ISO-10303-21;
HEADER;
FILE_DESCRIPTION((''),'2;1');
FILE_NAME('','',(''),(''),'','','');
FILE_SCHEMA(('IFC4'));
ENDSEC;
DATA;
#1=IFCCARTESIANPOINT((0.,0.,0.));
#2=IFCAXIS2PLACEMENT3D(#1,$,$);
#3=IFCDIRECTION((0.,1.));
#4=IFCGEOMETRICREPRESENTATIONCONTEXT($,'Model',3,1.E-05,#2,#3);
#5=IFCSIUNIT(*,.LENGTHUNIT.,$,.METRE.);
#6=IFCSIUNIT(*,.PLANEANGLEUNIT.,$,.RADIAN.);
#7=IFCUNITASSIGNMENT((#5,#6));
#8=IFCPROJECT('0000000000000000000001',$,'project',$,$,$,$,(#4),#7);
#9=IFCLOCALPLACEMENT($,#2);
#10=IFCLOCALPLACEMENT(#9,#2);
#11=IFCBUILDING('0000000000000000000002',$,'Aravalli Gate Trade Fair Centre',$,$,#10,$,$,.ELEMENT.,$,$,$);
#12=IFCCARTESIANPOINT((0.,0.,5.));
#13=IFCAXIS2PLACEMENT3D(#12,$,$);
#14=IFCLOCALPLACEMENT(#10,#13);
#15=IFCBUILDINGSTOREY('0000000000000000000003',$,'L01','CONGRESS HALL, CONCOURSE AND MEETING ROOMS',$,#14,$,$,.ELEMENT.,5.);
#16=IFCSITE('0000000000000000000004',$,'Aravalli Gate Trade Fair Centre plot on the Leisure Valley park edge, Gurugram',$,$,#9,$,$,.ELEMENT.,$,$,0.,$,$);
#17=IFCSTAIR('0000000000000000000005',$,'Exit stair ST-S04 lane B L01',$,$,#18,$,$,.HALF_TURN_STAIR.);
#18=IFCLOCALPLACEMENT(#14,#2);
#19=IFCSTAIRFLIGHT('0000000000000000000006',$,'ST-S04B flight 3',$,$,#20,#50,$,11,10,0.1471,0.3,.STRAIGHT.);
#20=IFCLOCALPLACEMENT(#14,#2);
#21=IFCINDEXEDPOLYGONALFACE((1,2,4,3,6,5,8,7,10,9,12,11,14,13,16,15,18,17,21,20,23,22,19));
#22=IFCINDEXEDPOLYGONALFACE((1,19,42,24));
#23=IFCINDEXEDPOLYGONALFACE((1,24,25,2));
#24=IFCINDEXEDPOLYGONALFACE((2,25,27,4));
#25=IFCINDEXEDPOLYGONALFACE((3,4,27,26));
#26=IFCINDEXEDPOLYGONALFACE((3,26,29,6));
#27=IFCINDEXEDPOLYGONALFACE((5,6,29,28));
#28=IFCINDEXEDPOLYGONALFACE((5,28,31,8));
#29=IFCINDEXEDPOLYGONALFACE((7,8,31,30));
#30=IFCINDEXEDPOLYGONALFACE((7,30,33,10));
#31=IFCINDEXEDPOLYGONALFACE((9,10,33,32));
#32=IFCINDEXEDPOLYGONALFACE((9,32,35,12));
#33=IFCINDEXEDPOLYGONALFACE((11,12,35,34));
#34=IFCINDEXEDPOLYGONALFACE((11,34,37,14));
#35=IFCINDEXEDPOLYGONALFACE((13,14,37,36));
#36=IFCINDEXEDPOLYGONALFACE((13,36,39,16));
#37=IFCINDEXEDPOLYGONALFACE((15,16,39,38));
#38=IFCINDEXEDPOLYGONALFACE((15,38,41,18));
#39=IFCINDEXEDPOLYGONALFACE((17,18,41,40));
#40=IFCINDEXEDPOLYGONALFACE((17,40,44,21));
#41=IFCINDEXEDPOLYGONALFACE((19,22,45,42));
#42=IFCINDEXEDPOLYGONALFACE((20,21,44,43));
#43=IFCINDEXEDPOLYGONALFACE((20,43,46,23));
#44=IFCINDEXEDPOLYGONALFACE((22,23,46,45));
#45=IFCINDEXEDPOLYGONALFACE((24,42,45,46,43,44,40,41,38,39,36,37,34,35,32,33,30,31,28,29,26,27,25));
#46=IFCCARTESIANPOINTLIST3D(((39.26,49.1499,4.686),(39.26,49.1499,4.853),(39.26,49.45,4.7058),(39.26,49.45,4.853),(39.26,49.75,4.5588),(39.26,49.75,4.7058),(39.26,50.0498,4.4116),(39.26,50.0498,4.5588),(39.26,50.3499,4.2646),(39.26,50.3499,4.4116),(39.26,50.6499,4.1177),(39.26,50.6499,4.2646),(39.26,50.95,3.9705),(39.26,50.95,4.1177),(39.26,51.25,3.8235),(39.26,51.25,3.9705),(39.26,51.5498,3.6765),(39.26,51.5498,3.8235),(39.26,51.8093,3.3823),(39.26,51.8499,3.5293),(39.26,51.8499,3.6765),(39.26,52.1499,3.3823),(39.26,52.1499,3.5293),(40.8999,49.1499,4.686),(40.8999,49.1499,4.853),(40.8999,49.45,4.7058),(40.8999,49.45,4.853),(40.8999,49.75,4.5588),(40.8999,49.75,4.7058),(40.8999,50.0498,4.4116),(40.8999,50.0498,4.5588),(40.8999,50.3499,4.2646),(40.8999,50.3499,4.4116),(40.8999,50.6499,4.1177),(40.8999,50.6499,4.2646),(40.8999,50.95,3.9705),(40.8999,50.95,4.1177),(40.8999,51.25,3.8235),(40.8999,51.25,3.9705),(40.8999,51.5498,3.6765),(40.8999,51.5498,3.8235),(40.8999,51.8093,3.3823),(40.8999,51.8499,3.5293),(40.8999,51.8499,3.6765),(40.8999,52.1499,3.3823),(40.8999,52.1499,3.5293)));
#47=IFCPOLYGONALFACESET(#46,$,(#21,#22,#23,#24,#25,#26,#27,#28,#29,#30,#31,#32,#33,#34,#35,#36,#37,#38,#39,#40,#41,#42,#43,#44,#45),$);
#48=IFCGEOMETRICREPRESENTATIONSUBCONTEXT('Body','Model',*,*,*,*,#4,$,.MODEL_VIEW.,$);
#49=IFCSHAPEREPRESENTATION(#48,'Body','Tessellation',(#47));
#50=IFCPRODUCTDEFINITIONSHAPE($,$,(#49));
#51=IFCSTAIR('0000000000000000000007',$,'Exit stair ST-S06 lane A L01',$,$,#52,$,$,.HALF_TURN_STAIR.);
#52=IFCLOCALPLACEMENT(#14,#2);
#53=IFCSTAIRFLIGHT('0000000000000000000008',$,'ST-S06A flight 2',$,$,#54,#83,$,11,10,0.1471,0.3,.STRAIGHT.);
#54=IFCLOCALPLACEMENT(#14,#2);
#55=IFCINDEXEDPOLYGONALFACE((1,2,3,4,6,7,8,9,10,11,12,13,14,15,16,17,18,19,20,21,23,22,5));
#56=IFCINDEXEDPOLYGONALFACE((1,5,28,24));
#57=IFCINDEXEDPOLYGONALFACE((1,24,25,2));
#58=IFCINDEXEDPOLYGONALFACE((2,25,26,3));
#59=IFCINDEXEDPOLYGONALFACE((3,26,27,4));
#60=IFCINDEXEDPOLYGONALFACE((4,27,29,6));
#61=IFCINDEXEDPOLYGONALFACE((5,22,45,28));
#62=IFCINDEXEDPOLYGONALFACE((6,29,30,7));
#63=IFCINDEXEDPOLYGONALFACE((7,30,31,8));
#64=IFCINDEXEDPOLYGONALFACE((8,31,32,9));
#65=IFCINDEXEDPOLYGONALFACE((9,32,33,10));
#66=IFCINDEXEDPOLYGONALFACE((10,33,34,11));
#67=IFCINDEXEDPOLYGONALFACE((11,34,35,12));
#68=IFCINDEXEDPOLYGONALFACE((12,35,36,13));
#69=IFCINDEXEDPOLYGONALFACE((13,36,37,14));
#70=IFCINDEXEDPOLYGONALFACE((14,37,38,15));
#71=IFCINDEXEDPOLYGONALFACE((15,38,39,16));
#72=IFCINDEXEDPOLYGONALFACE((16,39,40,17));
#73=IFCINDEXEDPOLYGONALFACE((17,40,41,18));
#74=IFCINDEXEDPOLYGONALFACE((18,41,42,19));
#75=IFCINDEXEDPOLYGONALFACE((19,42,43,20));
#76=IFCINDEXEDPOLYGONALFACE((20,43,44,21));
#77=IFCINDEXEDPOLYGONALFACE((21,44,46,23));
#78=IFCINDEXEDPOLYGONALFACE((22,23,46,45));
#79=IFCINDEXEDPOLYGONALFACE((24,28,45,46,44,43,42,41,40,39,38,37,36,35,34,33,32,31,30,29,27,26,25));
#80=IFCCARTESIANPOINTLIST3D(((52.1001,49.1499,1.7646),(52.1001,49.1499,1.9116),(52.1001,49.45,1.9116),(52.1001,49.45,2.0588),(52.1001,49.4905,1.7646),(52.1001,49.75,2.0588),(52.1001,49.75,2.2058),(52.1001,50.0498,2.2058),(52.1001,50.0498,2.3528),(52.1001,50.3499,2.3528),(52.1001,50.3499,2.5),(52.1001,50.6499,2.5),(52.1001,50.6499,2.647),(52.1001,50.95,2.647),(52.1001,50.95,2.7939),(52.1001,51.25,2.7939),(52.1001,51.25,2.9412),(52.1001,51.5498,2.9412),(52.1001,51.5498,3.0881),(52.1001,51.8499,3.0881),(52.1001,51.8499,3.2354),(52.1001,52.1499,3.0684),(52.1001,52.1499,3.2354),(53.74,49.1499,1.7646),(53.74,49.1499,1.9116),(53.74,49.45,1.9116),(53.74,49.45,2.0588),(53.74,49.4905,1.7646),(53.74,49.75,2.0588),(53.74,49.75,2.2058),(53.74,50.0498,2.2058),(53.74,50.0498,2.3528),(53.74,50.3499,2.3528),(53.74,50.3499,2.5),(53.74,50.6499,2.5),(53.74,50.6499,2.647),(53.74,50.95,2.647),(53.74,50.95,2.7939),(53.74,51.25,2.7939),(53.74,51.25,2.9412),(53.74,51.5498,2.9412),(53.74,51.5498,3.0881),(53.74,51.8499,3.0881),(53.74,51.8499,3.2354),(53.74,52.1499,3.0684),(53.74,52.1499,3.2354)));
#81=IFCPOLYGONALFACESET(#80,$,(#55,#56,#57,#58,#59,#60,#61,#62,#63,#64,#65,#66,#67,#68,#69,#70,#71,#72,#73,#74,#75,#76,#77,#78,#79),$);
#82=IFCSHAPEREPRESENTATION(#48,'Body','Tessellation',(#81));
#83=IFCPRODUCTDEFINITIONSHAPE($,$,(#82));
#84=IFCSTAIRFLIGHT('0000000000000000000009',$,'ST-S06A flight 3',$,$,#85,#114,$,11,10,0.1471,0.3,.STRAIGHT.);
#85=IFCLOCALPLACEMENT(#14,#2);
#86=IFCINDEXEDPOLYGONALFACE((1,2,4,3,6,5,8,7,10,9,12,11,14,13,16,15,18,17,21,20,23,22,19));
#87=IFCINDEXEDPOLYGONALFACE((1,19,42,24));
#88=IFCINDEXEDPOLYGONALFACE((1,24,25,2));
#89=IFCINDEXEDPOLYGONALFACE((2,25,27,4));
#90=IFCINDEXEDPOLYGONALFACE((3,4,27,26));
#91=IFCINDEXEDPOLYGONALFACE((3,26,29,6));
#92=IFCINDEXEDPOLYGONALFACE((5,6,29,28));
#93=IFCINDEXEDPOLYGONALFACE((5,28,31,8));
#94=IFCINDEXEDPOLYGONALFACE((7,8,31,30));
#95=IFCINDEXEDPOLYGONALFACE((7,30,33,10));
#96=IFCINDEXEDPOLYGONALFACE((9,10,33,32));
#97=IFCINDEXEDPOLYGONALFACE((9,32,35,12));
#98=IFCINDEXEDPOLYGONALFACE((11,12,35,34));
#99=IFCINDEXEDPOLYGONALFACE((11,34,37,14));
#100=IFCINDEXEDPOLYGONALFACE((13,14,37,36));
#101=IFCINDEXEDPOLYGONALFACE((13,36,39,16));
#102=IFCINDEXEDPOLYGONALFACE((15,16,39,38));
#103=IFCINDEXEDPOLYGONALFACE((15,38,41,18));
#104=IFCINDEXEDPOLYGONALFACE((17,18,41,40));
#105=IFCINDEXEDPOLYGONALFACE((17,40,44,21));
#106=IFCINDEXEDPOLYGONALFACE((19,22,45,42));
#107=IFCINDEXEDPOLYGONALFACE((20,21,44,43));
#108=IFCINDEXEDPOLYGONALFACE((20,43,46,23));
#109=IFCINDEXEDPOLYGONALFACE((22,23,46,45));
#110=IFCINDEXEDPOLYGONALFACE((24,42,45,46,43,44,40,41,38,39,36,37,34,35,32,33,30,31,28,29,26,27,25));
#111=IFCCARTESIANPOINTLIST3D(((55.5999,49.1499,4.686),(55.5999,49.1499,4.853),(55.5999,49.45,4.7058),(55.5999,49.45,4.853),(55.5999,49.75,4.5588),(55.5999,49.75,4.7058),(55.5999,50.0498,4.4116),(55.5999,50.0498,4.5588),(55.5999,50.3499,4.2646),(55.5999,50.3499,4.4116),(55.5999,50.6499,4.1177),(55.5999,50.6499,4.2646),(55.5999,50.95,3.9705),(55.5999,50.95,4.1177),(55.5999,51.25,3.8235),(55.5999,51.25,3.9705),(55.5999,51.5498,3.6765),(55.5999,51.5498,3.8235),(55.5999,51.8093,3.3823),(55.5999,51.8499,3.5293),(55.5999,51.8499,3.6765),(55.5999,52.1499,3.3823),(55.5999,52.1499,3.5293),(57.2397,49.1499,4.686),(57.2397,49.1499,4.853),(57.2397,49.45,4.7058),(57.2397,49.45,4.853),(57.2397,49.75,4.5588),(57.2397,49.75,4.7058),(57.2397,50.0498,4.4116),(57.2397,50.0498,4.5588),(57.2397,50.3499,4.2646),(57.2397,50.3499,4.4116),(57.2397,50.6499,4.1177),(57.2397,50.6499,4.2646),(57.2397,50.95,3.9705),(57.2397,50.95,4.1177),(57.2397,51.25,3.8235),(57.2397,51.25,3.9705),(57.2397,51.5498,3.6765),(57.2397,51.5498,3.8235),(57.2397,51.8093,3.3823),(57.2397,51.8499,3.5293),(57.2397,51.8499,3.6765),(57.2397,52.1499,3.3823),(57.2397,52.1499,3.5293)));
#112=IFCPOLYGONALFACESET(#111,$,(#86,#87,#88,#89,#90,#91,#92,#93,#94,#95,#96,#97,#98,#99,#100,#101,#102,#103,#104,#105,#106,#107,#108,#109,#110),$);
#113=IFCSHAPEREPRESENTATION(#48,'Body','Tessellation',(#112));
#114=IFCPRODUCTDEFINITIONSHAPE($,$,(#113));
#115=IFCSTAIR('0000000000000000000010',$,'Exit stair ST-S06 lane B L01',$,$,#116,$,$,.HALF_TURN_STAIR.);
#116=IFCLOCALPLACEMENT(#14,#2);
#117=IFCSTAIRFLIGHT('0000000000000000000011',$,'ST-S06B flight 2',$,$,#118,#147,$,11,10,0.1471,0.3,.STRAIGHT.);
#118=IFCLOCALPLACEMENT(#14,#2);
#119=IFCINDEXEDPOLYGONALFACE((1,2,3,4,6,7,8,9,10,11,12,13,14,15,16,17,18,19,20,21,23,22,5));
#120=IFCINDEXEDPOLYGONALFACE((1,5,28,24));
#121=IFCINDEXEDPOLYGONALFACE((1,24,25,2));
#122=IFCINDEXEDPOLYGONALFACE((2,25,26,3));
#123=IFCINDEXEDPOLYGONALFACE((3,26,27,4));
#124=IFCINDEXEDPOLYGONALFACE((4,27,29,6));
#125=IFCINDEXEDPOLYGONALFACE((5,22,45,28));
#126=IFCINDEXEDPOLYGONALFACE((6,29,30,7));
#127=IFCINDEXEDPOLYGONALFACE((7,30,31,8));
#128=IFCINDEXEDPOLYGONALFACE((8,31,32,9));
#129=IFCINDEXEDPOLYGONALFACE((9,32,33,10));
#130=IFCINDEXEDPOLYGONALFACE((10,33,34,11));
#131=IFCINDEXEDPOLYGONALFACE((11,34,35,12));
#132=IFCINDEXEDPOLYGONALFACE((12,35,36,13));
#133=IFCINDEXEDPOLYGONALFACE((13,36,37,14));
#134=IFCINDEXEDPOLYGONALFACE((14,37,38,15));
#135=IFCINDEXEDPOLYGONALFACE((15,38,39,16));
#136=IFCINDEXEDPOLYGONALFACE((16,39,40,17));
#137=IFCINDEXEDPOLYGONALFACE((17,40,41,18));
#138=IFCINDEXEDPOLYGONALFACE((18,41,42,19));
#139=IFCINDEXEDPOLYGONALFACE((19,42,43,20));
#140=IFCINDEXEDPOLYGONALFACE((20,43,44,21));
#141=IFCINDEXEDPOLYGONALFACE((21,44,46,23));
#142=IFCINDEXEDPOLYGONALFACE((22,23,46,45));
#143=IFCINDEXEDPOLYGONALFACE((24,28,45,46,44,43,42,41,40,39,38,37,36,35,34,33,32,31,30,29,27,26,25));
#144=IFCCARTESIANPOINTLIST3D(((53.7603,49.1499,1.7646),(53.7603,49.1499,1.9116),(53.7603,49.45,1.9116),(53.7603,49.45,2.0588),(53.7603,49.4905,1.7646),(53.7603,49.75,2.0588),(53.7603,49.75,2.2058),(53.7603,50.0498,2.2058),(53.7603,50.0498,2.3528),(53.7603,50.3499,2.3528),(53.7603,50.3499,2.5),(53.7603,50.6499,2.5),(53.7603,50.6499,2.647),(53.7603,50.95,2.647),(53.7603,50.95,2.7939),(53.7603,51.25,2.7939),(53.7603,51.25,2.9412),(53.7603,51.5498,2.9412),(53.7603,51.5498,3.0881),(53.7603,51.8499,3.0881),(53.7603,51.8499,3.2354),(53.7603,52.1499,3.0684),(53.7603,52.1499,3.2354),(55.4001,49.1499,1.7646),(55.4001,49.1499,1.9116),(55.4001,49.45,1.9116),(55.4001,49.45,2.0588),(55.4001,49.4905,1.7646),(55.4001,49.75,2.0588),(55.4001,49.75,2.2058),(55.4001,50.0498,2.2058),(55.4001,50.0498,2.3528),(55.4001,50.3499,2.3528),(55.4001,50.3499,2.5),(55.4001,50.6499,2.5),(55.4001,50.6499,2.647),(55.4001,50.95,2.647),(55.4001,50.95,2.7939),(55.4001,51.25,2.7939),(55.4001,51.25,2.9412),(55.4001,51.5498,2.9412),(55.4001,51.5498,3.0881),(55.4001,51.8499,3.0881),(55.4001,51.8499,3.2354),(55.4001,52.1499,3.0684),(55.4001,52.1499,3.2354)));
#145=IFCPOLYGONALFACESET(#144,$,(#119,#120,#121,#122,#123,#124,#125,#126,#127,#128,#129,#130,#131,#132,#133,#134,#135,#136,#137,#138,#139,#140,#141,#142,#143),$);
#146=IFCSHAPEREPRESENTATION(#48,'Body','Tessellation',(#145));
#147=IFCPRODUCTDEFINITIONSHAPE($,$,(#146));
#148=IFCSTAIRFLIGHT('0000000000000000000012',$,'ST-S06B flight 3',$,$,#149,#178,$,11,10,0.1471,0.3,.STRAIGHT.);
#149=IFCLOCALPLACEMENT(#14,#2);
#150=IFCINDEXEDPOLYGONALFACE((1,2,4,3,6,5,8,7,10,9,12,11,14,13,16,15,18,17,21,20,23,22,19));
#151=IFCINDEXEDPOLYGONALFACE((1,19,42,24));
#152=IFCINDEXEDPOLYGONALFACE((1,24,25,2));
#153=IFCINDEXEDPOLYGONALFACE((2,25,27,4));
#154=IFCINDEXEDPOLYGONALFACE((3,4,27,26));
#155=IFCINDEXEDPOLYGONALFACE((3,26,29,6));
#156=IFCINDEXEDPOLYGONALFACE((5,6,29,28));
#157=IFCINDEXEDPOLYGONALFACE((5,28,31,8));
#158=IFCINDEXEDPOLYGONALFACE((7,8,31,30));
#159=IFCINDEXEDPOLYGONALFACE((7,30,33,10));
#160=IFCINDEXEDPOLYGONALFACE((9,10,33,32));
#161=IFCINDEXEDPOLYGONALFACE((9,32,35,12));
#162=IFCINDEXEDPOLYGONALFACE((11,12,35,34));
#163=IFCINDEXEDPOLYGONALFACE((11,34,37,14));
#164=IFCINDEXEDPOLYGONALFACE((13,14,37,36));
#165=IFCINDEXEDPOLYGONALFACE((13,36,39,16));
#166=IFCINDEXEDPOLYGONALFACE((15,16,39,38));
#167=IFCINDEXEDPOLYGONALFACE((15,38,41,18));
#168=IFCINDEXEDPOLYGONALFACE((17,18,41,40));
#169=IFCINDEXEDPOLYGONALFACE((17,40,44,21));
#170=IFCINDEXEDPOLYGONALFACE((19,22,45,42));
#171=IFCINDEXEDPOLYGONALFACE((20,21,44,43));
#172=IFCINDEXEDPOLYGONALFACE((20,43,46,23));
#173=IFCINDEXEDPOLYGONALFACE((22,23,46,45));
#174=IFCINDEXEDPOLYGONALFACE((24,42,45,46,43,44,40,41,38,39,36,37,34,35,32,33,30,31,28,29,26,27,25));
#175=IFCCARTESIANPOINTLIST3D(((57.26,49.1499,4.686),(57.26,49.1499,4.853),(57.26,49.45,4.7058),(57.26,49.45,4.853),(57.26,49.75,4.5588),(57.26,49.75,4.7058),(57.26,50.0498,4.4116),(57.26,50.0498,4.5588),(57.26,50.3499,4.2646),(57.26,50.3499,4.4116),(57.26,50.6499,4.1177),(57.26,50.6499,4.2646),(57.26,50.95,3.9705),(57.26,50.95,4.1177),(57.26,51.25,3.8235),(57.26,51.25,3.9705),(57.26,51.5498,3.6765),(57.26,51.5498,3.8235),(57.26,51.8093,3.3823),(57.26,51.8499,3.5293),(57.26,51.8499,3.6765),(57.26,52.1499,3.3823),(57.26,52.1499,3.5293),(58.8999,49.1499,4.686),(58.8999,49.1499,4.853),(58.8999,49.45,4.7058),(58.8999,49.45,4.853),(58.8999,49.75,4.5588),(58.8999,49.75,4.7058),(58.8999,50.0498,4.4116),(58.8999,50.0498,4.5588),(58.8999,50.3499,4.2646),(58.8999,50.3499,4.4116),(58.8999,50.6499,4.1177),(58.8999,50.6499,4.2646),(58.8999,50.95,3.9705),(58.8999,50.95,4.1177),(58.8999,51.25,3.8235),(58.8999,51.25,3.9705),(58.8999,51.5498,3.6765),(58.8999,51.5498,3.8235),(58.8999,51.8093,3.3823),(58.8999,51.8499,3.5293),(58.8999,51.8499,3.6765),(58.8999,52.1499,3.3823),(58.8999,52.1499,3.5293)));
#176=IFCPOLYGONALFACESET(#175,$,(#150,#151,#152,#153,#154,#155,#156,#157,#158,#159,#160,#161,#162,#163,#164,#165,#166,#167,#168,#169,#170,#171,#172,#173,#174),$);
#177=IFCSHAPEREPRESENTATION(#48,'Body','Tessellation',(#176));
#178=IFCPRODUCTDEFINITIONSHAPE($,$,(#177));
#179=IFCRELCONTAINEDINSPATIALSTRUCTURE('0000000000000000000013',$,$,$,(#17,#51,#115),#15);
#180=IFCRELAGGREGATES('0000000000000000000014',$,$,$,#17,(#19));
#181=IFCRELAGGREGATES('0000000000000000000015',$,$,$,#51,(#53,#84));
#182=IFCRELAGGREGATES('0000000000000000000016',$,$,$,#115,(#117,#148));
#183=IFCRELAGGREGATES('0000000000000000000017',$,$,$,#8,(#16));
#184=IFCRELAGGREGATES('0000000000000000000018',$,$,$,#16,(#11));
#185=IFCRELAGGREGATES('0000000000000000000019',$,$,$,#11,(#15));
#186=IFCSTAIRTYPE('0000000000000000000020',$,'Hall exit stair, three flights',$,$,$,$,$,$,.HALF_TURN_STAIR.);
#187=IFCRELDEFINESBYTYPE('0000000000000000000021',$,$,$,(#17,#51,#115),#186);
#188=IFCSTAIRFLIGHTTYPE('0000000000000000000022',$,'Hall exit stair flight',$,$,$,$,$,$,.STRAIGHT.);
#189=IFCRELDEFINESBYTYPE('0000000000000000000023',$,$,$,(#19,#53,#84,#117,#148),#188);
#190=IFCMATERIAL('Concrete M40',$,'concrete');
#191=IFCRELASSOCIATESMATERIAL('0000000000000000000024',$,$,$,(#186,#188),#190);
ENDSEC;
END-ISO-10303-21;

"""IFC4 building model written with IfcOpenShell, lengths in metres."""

from ifc_helpers import new_model, si_unit, direction, frame, origin, place, context, subcontext, project, spatial, polyline, outline, extrude, material, type_object, element, aggregate, save


model = new_model("IFC4")

# Units and contexts
model_context = context("Model", 3, precision=1e-05, world=origin(), true_north=direction((0.0, 1.0)))
body_context = subcontext(model_context, "Body", "Model", "MODEL_VIEW")
ifc_project = project(units=[si_unit("LENGTHUNIT", "METRE"), si_unit("PLANEANGLEUNIT", "RADIAN")], contexts=[model_context])

# Site, building, storey
site_placement = place(None, origin())
site = spatial("IfcSite", under=ifc_project, at=site_placement, Name="Aravalli Gate Trade Fair Centre plot on the Leisure Valley park edge, Gurugram", CompositionType="ELEMENT", RefElevation=0.0)
building_placement = place(site_placement, origin())
building = spatial("IfcBuilding", under=site, at=building_placement, Name="Aravalli Gate Trade Fair Centre", CompositionType="ELEMENT")
storey_placement = place(building_placement, frame((0.0, 0.0, 5.0)))
storey = spatial("IfcBuildingStorey", under=building, at=storey_placement, Name="L01", Description="CONGRESS HALL, CONCOURSE AND MEETING ROOMS", CompositionType="ELEMENT", Elevation=5.0)

# Shared definitions
ifc_material_1 = material(Name="Concrete M40", Category="concrete")

# Stairs, stair flights
stair_type = type_object("IfcStairType", Name="Hall exit stair, three flights", PredefinedType="HALF_TURN_STAIR", material=ifc_material_1)
stair_flight_type = type_object("IfcStairFlightType", Name="Hall exit stair flight", PredefinedType="STRAIGHT", material=ifc_material_1)
stair_1_placement = place(storey_placement, origin())
stair_1 = element("IfcStair", 1, at=stair_1_placement, inside=storey, type_object=stair_type, Name="Exit stair ST-S04 lane B L01", PredefinedType="HALF_TURN_STAIR")
stair_flight_1_placement = place(storey_placement, frame((40.0801, 52.1499, 3.3823), z_axis=(0.0, 0.0, 1.0), x_axis=(0.0, -1.0, 0.0)))
stair_flight_1 = element("IfcStairFlight", 2, at=stair_flight_1_placement, type_object=stair_flight_type, Name="ST-S04B flight 3", NumberOfRisers=11, NumberOfTreads=10, PredefinedType="STRAIGHT", RiserHeight=0.1471, TreadLength=0.3, context=body_context, shape_type="SweptSolid", body=[
    extrude(outline(polyline([(0.0, 0.0), (0.0, 0.147), (0.3, 0.147), (0.3, 0.2942), (0.6001, 0.2942), (0.6001, 0.4412), (0.8999, 0.4412), (0.8999, 0.5881), (1.2, 0.5881), (1.2, 0.7354), (1.5, 0.7354), (1.5, 0.8823), (1.8, 0.8823), (1.8, 1.0293), (2.1001, 1.0293), (2.1001, 1.1765), (2.3999, 1.1765), (2.3999, 1.3235), (2.7, 1.3235), (2.7, 1.4707), (3.0, 1.4707), (3.0, 1.6177), (3.0, 1.3037), (0.3406, 0.0), (0.0, 0.0)])), frame((0.0, 0.8198, 0.0), z_axis=(0.0, -1.0, 0.0), x_axis=(1.0, 0.0, 0.0)), (0.0, 0.0, 1.0), 1.6399),
])
aggregate(stair_1, [stair_flight_1])
stair_2_placement = place(storey_placement, origin())
stair_2 = element("IfcStair", 3, at=stair_2_placement, inside=storey, type_object=stair_type, Name="Exit stair ST-S06 lane A L01", PredefinedType="HALF_TURN_STAIR")
stair_flight_2_placement = place(storey_placement, frame((52.9199, 49.1499, 1.7646), z_axis=(0.0, 0.0, 1.0), x_axis=(0.0, 1.0, 0.0)))
stair_flight_2 = element("IfcStairFlight", 4, at=stair_flight_2_placement, type_object=stair_flight_type, Name="ST-S06A flight 2", NumberOfRisers=11, NumberOfTreads=10, PredefinedType="STRAIGHT", RiserHeight=0.1471, TreadLength=0.3, context=body_context, shape_type="SweptSolid", body=[
    extrude(outline(polyline([(0.0, 0.0), (0.0, 0.147), (0.3, 0.147), (0.3, 0.2942), (0.6001, 0.2942), (0.6001, 0.4412), (0.8999, 0.4412), (0.8999, 0.5881), (1.2, 0.5881), (1.2, 0.7354), (1.5, 0.7354), (1.5, 0.8823), (1.8, 0.8823), (1.8, 1.0293), (2.1001, 1.0293), (2.1001, 1.1765), (2.3999, 1.1765), (2.3999, 1.3235), (2.7, 1.3235), (2.7, 1.4707), (3.0, 1.4707), (3.0, 1.6177), (3.0, 1.3037), (0.3406, 0.0), (0.0, 0.0)])), frame((0.0, 0.8198, 0.0), z_axis=(0.0, -1.0, 0.0), x_axis=(1.0, 0.0, 0.0)), (0.0, 0.0, 1.0), 1.6399),
])
stair_flight_3_placement = place(storey_placement, frame((56.4199, 52.1499, 3.3823), z_axis=(0.0, 0.0, 1.0), x_axis=(0.0, -1.0, 0.0)))
stair_flight_3 = element("IfcStairFlight", 5, at=stair_flight_3_placement, type_object=stair_flight_type, Name="ST-S06A flight 3", NumberOfRisers=11, NumberOfTreads=10, PredefinedType="STRAIGHT", RiserHeight=0.1471, TreadLength=0.3, context=body_context, shape_type="SweptSolid", body=[
    extrude(outline(polyline([(0.0, 0.0), (0.0, 0.147), (0.3, 0.147), (0.3, 0.2942), (0.6001, 0.2942), (0.6001, 0.4412), (0.8999, 0.4412), (0.8999, 0.5881), (1.2, 0.5881), (1.2, 0.7354), (1.5, 0.7354), (1.5, 0.8823), (1.8, 0.8823), (1.8, 1.0293), (2.1001, 1.0293), (2.1001, 1.1765), (2.3999, 1.1765), (2.3999, 1.3235), (2.7, 1.3235), (2.7, 1.4707), (3.0, 1.4707), (3.0, 1.6177), (3.0, 1.3037), (0.3406, 0.0), (0.0, 0.0)])), frame((0.0, 0.8198, 0.0), z_axis=(0.0, -1.0, 0.0), x_axis=(1.0, 0.0, 0.0)), (0.0, 0.0, 1.0), 1.6399),
])
aggregate(stair_2, [stair_flight_2, stair_flight_3])
stair_3_placement = place(storey_placement, origin())
stair_3 = element("IfcStair", 6, at=stair_3_placement, inside=storey, type_object=stair_type, Name="Exit stair ST-S06 lane B L01", PredefinedType="HALF_TURN_STAIR")
stair_flight_4_placement = place(storey_placement, frame((54.5801, 49.1499, 1.7646), z_axis=(0.0, 0.0, 1.0), x_axis=(0.0, 1.0, 0.0)))
stair_flight_4 = element("IfcStairFlight", 7, at=stair_flight_4_placement, type_object=stair_flight_type, Name="ST-S06B flight 2", NumberOfRisers=11, NumberOfTreads=10, PredefinedType="STRAIGHT", RiserHeight=0.1471, TreadLength=0.3, context=body_context, shape_type="SweptSolid", body=[
    extrude(outline(polyline([(0.0, 0.0), (0.0, 0.147), (0.3, 0.147), (0.3, 0.2942), (0.6001, 0.2942), (0.6001, 0.4412), (0.8999, 0.4412), (0.8999, 0.5881), (1.2, 0.5881), (1.2, 0.7354), (1.5, 0.7354), (1.5, 0.8823), (1.8, 0.8823), (1.8, 1.0293), (2.1001, 1.0293), (2.1001, 1.1765), (2.3999, 1.1765), (2.3999, 1.3235), (2.7, 1.3235), (2.7, 1.4707), (3.0, 1.4707), (3.0, 1.6177), (3.0, 1.3037), (0.3406, 0.0), (0.0, 0.0)])), frame((0.0, 0.8198, 0.0), z_axis=(0.0, -1.0, 0.0), x_axis=(1.0, 0.0, 0.0)), (0.0, 0.0, 1.0), 1.6399),
])
stair_flight_5_placement = place(storey_placement, frame((58.0801, 52.1499, 3.3823), z_axis=(0.0, 0.0, 1.0), x_axis=(0.0, -1.0, 0.0)))
stair_flight_5 = element("IfcStairFlight", 8, at=stair_flight_5_placement, type_object=stair_flight_type, Name="ST-S06B flight 3", NumberOfRisers=11, NumberOfTreads=10, PredefinedType="STRAIGHT", RiserHeight=0.1471, TreadLength=0.3, context=body_context, shape_type="SweptSolid", body=[
    extrude(outline(polyline([(0.0, 0.0), (0.0, 0.147), (0.3, 0.147), (0.3, 0.2942), (0.6001, 0.2942), (0.6001, 0.4412), (0.8999, 0.4412), (0.8999, 0.5881), (1.2, 0.5881), (1.2, 0.7354), (1.5, 0.7354), (1.5, 0.8823), (1.8, 0.8823), (1.8, 1.0293), (2.1001, 1.0293), (2.1001, 1.1765), (2.3999, 1.1765), (2.3999, 1.3235), (2.7, 1.3235), (2.7, 1.4707), (3.0, 1.4707), (3.0, 1.6177), (3.0, 1.3037), (0.3406, 0.0), (0.0, 0.0)])), frame((0.0, 0.8198, 0.0), z_axis=(0.0, -1.0, 0.0), x_axis=(1.0, 0.0, 0.0)), (0.0, 0.0, 1.0), 1.6399),
])
aggregate(stair_3, [stair_flight_4, stair_flight_5])

save(model, "model.ifc")
